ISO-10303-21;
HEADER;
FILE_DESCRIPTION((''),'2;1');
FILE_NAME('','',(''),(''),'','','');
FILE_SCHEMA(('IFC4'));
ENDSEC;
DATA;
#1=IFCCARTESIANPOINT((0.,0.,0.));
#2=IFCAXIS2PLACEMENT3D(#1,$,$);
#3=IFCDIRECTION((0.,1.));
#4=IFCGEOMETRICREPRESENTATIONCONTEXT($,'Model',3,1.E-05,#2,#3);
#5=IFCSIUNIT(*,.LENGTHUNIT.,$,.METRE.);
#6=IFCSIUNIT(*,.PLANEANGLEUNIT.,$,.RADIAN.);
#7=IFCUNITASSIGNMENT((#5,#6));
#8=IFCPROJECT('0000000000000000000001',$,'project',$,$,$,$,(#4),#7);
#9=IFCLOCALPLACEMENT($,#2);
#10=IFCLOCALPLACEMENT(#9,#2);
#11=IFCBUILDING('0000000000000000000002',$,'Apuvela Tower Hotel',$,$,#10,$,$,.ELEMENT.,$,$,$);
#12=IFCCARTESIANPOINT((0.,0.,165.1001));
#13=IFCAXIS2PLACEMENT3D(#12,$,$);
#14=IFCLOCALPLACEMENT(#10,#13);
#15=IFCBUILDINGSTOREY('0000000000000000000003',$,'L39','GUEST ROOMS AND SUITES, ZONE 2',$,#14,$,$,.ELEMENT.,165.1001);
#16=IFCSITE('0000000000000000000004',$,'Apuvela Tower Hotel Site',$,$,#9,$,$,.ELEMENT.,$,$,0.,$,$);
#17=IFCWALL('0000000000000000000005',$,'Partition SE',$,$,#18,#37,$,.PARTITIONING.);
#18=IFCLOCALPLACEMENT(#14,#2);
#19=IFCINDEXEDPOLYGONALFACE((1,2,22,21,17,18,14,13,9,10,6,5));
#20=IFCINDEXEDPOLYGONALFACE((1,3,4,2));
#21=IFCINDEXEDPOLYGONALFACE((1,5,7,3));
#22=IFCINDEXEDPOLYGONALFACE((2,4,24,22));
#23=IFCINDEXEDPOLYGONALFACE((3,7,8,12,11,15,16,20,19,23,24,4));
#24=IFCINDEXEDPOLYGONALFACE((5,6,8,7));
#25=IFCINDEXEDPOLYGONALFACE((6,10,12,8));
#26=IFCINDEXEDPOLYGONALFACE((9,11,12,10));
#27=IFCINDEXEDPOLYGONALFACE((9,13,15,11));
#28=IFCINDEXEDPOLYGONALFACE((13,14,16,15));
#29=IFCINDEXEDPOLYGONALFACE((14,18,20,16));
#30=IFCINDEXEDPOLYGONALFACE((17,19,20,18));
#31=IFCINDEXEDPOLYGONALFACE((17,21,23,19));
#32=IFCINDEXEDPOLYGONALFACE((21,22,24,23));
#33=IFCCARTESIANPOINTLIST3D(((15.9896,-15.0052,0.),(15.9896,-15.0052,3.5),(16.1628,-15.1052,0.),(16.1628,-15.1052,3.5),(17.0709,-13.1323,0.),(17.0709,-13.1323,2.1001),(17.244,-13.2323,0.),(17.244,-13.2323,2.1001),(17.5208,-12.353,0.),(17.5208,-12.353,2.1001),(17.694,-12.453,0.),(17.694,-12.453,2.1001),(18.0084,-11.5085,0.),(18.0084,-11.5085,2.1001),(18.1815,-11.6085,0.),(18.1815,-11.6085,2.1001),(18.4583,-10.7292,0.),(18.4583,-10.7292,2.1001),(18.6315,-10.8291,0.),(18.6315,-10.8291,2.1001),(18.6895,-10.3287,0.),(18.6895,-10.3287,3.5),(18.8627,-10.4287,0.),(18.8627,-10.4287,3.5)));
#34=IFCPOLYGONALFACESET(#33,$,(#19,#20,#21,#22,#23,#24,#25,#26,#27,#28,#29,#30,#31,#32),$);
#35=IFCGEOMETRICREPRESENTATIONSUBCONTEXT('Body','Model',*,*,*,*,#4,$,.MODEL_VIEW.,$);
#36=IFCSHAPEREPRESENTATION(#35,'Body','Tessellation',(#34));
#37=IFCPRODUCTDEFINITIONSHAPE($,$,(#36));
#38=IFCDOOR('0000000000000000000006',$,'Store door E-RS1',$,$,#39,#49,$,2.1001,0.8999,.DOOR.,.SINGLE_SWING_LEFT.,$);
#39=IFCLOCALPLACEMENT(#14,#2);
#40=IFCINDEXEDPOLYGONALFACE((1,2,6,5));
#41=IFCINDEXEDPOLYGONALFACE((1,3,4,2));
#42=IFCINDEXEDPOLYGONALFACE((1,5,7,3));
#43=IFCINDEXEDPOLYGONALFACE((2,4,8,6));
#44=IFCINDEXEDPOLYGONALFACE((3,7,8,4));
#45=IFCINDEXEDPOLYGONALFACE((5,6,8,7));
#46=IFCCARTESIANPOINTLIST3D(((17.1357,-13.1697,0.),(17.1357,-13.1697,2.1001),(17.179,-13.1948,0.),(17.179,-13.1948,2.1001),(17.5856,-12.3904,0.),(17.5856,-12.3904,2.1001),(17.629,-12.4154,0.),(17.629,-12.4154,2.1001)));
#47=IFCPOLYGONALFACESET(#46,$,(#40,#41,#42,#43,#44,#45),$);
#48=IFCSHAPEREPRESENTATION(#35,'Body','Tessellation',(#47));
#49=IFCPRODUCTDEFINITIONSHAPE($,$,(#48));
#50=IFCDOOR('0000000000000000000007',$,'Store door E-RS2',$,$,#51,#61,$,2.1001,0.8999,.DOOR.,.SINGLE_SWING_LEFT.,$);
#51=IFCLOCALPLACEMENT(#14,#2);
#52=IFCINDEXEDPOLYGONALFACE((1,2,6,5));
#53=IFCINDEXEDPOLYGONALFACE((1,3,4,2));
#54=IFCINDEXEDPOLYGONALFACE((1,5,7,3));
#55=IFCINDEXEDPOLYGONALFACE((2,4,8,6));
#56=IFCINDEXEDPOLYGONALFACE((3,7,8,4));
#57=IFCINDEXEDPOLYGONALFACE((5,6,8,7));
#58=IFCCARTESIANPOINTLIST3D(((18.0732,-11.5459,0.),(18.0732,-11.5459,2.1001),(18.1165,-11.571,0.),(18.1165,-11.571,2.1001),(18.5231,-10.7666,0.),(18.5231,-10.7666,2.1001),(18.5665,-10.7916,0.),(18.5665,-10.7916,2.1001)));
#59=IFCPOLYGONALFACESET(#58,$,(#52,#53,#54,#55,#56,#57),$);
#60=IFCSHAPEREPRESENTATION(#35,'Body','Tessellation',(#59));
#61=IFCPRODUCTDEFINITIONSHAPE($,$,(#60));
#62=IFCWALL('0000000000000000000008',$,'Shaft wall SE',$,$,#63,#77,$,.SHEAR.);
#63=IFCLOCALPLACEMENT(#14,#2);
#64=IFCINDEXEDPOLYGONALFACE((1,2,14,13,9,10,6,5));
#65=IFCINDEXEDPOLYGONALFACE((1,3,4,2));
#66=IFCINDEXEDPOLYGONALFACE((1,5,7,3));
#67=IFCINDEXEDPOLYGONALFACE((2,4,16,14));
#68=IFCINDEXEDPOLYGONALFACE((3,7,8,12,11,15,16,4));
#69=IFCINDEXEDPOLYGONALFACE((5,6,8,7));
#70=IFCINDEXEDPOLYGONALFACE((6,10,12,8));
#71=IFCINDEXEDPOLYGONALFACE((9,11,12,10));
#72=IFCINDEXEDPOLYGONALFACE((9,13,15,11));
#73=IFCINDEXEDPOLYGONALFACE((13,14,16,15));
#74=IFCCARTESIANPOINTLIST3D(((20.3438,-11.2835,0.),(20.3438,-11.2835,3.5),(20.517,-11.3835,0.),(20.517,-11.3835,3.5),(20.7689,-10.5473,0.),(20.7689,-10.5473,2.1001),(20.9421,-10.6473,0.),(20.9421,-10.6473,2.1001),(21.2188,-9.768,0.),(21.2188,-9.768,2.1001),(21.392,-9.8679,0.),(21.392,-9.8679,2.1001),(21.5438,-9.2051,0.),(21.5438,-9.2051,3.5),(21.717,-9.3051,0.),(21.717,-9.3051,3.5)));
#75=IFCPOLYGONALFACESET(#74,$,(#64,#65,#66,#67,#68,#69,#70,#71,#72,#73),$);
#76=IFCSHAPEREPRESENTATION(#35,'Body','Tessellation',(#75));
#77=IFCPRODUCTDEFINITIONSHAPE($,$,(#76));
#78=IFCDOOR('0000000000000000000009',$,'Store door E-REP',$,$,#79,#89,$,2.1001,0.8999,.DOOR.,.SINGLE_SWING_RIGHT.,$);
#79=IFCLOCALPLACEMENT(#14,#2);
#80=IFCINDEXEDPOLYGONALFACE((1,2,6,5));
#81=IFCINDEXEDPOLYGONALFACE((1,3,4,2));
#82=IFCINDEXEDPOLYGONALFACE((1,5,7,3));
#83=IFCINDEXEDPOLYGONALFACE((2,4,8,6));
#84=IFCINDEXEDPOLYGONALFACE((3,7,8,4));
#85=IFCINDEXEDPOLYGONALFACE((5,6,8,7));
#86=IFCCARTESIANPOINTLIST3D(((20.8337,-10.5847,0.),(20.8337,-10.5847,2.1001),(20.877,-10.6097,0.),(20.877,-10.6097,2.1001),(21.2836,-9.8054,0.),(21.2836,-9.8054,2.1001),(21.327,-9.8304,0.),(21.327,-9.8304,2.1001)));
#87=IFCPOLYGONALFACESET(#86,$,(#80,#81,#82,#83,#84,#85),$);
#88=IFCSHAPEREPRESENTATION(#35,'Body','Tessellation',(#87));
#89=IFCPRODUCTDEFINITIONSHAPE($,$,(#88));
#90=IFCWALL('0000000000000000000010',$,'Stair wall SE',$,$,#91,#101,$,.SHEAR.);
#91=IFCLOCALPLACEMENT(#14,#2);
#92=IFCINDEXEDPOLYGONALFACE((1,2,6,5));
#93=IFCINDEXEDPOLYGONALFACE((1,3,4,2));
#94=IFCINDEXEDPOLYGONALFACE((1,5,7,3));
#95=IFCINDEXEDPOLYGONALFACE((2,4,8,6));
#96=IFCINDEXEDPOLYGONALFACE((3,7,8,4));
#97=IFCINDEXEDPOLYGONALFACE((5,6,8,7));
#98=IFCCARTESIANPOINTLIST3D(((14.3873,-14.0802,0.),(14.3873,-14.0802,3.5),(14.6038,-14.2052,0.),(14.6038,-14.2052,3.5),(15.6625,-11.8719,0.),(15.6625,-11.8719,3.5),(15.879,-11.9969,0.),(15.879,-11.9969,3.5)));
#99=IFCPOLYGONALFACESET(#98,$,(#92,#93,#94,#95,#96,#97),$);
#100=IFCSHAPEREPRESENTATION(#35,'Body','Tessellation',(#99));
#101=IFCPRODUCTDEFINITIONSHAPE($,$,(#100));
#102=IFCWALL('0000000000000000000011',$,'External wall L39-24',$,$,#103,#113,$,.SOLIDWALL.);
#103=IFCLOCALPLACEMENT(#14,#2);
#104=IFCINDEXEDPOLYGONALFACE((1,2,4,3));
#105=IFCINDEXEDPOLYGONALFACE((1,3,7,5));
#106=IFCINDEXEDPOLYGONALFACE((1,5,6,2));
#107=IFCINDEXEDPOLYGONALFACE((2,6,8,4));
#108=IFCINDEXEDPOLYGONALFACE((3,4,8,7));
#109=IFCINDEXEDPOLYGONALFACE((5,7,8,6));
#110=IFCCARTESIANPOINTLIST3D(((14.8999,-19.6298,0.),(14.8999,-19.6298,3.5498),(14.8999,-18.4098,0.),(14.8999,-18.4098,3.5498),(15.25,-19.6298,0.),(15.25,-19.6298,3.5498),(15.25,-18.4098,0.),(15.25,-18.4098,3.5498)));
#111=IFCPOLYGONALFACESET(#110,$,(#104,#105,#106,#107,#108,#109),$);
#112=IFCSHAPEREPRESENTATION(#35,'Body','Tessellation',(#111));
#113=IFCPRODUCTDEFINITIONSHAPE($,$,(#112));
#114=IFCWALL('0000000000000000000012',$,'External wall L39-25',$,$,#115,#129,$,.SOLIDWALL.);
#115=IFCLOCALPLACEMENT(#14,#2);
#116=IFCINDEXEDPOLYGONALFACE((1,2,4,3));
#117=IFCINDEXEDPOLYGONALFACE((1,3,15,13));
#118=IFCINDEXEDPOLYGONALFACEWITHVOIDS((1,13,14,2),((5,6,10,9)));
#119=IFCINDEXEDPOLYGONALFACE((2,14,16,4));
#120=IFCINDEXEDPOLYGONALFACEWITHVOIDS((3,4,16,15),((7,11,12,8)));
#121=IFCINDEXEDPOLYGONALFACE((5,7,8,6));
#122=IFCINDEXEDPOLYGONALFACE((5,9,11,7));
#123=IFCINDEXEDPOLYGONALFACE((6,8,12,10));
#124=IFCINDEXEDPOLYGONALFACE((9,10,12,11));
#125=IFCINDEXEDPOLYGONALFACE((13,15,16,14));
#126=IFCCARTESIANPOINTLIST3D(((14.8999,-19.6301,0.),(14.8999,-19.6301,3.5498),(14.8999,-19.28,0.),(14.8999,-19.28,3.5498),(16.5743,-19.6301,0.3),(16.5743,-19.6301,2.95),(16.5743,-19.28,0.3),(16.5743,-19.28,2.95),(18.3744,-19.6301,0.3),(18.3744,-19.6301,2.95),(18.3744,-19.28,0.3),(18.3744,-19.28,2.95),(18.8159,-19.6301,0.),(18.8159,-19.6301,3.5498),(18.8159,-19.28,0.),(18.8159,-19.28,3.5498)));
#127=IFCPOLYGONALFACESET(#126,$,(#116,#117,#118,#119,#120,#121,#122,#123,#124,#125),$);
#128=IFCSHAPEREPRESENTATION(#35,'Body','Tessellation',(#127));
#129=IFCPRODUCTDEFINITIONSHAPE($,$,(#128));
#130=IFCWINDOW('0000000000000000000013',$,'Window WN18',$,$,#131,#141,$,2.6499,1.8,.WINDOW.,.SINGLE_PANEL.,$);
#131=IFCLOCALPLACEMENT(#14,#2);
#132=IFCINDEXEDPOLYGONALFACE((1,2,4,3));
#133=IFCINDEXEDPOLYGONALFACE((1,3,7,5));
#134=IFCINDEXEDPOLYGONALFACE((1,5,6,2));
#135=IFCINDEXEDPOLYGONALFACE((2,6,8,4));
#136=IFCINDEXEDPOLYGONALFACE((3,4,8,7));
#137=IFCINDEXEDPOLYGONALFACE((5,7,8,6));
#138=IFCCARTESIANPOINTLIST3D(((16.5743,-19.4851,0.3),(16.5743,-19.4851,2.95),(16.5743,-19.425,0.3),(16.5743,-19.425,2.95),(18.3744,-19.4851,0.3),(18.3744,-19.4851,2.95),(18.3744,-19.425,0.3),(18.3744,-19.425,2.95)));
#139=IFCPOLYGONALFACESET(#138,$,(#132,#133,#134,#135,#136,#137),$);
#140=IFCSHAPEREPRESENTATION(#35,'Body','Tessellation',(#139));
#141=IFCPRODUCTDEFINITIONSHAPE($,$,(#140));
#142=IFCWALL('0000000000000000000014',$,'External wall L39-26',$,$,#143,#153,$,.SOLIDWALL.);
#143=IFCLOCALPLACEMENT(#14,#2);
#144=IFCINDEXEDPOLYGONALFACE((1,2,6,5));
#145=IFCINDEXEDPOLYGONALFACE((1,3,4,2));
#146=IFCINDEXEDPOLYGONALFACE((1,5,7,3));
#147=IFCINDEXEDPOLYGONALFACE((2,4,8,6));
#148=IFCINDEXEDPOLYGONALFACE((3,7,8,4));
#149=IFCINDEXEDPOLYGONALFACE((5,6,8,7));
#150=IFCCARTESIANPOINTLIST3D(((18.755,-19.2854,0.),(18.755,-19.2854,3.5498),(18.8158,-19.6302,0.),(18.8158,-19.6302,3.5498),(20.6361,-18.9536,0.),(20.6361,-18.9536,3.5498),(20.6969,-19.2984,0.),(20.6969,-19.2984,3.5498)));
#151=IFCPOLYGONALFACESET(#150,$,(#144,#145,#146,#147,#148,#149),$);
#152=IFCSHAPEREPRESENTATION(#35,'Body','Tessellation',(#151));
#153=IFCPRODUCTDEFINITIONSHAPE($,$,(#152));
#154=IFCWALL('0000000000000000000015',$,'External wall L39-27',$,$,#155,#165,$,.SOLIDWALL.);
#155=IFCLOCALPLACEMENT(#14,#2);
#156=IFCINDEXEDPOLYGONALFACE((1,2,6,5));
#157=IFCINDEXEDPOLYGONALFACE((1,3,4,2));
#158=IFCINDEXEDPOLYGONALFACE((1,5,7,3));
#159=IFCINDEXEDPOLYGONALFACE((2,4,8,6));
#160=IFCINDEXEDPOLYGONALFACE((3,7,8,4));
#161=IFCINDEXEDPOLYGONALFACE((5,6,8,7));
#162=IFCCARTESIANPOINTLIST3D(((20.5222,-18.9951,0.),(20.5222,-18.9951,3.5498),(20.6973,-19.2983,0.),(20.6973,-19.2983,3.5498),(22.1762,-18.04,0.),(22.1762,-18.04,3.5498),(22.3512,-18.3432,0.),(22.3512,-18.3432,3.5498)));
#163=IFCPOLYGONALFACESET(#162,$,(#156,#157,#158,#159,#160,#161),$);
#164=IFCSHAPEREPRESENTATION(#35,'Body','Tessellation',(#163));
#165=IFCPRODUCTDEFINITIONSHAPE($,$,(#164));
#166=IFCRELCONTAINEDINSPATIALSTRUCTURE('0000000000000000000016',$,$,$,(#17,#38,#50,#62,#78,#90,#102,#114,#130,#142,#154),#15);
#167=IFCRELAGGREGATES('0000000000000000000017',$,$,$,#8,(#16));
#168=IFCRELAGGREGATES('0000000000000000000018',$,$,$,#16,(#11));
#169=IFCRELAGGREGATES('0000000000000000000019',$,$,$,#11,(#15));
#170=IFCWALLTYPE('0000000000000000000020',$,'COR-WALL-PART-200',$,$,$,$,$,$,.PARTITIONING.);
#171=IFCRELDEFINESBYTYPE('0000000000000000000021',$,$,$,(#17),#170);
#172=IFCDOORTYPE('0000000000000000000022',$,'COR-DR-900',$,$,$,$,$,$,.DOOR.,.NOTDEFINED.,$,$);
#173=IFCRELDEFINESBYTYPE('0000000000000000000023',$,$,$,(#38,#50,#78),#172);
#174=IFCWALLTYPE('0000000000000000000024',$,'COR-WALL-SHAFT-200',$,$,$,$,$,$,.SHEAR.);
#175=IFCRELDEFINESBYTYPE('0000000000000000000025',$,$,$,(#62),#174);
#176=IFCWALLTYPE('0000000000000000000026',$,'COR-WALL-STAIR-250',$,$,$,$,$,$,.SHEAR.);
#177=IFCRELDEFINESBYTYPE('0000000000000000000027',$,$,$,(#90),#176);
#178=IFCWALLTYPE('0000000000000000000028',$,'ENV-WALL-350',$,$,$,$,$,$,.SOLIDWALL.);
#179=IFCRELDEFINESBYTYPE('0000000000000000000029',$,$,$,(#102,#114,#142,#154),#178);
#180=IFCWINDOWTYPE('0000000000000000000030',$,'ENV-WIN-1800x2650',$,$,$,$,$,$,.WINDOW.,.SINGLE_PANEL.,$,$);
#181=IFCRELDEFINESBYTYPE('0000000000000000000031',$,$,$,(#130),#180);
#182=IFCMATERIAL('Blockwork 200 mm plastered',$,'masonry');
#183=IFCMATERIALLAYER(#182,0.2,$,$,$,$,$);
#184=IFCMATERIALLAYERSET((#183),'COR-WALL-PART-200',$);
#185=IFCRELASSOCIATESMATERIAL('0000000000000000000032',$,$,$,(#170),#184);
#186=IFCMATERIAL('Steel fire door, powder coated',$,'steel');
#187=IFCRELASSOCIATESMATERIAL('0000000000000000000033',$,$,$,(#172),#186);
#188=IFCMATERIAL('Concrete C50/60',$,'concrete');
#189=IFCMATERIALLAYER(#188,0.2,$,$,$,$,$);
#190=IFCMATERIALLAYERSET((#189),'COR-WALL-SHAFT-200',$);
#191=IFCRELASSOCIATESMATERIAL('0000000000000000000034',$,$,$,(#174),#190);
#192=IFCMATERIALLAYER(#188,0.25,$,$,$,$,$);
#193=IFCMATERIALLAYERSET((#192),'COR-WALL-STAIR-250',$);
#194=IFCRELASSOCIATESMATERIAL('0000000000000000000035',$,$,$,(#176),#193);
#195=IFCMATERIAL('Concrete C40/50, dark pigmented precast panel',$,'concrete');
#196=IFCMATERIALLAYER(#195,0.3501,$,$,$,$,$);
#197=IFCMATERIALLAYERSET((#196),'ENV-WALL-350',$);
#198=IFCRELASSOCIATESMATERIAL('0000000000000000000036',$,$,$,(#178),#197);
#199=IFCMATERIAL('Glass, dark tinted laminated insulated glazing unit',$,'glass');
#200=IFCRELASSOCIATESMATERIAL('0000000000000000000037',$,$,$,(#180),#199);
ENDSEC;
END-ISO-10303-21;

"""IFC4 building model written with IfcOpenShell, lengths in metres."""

from ifc_helpers import new_model, si_unit, direction, frame, frame_2d, origin, place, context, subcontext, project, spatial, rectangle, extrude, material, layer, layer_set, type_object, element, fill, save


model = new_model("IFC4")

# Units and contexts
model_context = context("Model", 3, precision=1e-05, world=origin(), true_north=direction((0.0, 1.0)))
body_context = subcontext(model_context, "Body", "Model", "MODEL_VIEW")
ifc_project = project(units=[si_unit("LENGTHUNIT", "METRE"), si_unit("PLANEANGLEUNIT", "RADIAN")], contexts=[model_context])

# Site, building, storey
site_placement = place(None, origin())
site = spatial("IfcSite", under=ifc_project, at=site_placement, Name="Apuvela Tower Hotel Site", CompositionType="ELEMENT", RefElevation=0.0)
building_placement = place(site_placement, origin())
building = spatial("IfcBuilding", under=site, at=building_placement, Name="Apuvela Tower Hotel", CompositionType="ELEMENT")
storey_placement = place(building_placement, frame((0.0, 0.0, 165.1001)))
storey = spatial("IfcBuildingStorey", under=building, at=storey_placement, Name="L39", Description="GUEST ROOMS AND SUITES, ZONE 2", CompositionType="ELEMENT", Elevation=165.1001)

# Wall, openings, doors
ifc_material_1 = material(Name="Blockwork 200 mm plastered", Category="masonry")
ifc_layer_1 = layer(ifc_material_1, 0.2)
ifc_layer_set_1 = layer_set([ifc_layer_1], Name="COR-WALL-PART-200")
wall_type_1 = type_object("IfcWallType", Name="COR-WALL-PART-200", PredefinedType="PARTITIONING", material=ifc_layer_set_1)
wall_1_placement = place(storey_placement, frame((16.0762, -15.0552, 0.0), z_axis=(0.0, 0.0, 1.0), x_axis=(0.499995, 0.866028, 0.0)))
wall_1 = element("IfcWall", 1, at=wall_1_placement, inside=storey, type_object=wall_type_1, Name="Partition SE", PredefinedType="PARTITIONING", context=body_context, shape_type="SweptSolid", body=[
    extrude(rectangle(XDim=5.3999, YDim=0.2, at=frame_2d((2.7, 0.0))), origin(), (0.0, 0.0, 1.0), 3.5),
])
opening_1_placement = place(wall_1_placement, frame((2.1626, 0.0, 0.0)))
opening_1 = element("IfcOpeningElement", 2, at=opening_1_placement, cuts=wall_1, PredefinedType="OPENING", context=body_context, shape_type="SweptSolid", body=[
    extrude(rectangle(XDim=0.8999, YDim=2.1001, at=frame_2d((0.45, 1.05))), frame((0.0, 0.1099, 0.0), z_axis=(0.0, -1.0, 0.0), x_axis=(1.0, 0.0, 0.0)), (0.0, 0.0, 1.0), 0.22),
])
opening_2_placement = place(wall_1_placement, frame((4.0376, 0.0, 0.0)))
opening_2 = element("IfcOpeningElement", 3, at=opening_2_placement, cuts=wall_1, PredefinedType="OPENING", context=body_context, shape_type="SweptSolid", body=[
    extrude(rectangle(XDim=0.8999, YDim=2.1001, at=frame_2d((0.45, 1.05))), frame((0.0, 0.1099, 0.0), z_axis=(0.0, -1.0, 0.0), x_axis=(1.0, 0.0, 0.0)), (0.0, 0.0, 1.0), 0.22),
])
ifc_material_2 = material(Name="Steel fire door, powder coated", Category="steel")
door_type_1 = type_object("IfcDoorType", Name="COR-DR-900", OperationType="NOTDEFINED", PredefinedType="DOOR", material=ifc_material_2)
door_1_placement = place(opening_1_placement, frame((0.8999, 0.0, 0.0), z_axis=(0.0, 0.0, 1.0), x_axis=(-1.0, 0.0, 0.0)))
door_1 = element("IfcDoor", 4, at=door_1_placement, inside=storey, type_object=door_type_1, Name="Store door E-RS1", OperationType="SINGLE_SWING_LEFT", OverallHeight=2.1001, OverallWidth=0.8999, PredefinedType="DOOR", context=body_context, shape_type="SweptSolid", body=[
    extrude(rectangle(XDim=0.8999, YDim=2.1001, at=frame_2d((0.45, 1.05))), frame((0.0, 0.0249, 0.0), z_axis=(0.0, -1.0, 0.0), x_axis=(1.0, 0.0, 0.0)), (0.0, 0.0, 1.0), 0.05),
])
fill(opening_1, door_1)
door_2_placement = place(opening_2_placement, frame((0.8999, 0.0, 0.0), z_axis=(0.0, 0.0, 1.0), x_axis=(-1.0, 0.0, 0.0)))
door_2 = element("IfcDoor", 5, at=door_2_placement, inside=storey, type_object=door_type_1, Name="Store door E-RS2", OperationType="SINGLE_SWING_LEFT", OverallHeight=2.1001, OverallWidth=0.8999, PredefinedType="DOOR", context=body_context, shape_type="SweptSolid", body=[
    extrude(rectangle(XDim=0.8999, YDim=2.1001, at=frame_2d((0.45, 1.05))), frame((0.0, 0.0249, 0.0), z_axis=(0.0, -1.0, 0.0), x_axis=(1.0, 0.0, 0.0)), (0.0, 0.0, 1.0), 0.05),
])
fill(opening_2, door_2)

# Wall, opening, door
ifc_material_3 = material(Name="Concrete C50/60", Category="concrete")
ifc_layer_2 = layer(ifc_material_3, 0.2)
ifc_layer_set_2 = layer_set([ifc_layer_2], Name="COR-WALL-SHAFT-200")
wall_type_2 = type_object("IfcWallType", Name="COR-WALL-SHAFT-200", PredefinedType="SHEAR", material=ifc_layer_set_2)
wall_2_placement = place(storey_placement, frame((20.4304, -11.3335, 0.0), z_axis=(0.0, 0.0, 1.0), x_axis=(0.500001, 0.866025, 0.0)))
wall_2 = element("IfcWall", 6, at=wall_2_placement, inside=storey, type_object=wall_type_2, Name="Shaft wall SE", PredefinedType="SHEAR", context=body_context, shape_type="SweptSolid", body=[
    extrude(rectangle(XDim=2.3999, YDim=0.2, at=frame_2d((1.2, 0.0))), origin(), (0.0, 0.0, 1.0), 3.5),
])
opening_3_placement = place(wall_2_placement, frame((0.8501, 0.0, 0.0)))
opening_3 = element("IfcOpeningElement", 7, at=opening_3_placement, cuts=wall_2, PredefinedType="OPENING", context=body_context, shape_type="SweptSolid", body=[
    extrude(rectangle(XDim=0.8999, YDim=2.1001, at=frame_2d((0.45, 1.05))), frame((0.0, 0.1099, 0.0), z_axis=(0.0, -1.0, 0.0), x_axis=(1.0, 0.0, 0.0)), (0.0, 0.0, 1.0), 0.22),
])
door_3_placement = place(opening_3_placement, frame((0.8999, 0.0, 0.0), z_axis=(0.0, 0.0, 1.0), x_axis=(-1.0, 0.0, 0.0)))
door_3 = element("IfcDoor", 8, at=door_3_placement, inside=storey, type_object=door_type_1, Name="Store door E-REP", OperationType="SINGLE_SWING_RIGHT", OverallHeight=2.1001, OverallWidth=0.8999, PredefinedType="DOOR", context=body_context, shape_type="SweptSolid", body=[
    extrude(rectangle(XDim=0.8999, YDim=2.1001, at=frame_2d((0.45, 1.05))), frame((0.0, 0.0249, 0.0), z_axis=(0.0, -1.0, 0.0), x_axis=(1.0, 0.0, 0.0)), (0.0, 0.0, 1.0), 0.05),
])
fill(opening_3, door_3)

# Walls
ifc_layer_3 = layer(ifc_material_3, 0.25)
ifc_layer_set_3 = layer_set([ifc_layer_3], Name="COR-WALL-STAIR-250")
wall_type_3 = type_object("IfcWallType", Name="COR-WALL-STAIR-250", PredefinedType="SHEAR", material=ifc_layer_set_3)
wall_3_placement = place(storey_placement, frame((14.4956, -14.1426, 0.0), z_axis=(0.0, 0.0, 1.0), x_axis=(0.500062, 0.865989, 0.0)))
element("IfcWall", 9, at=wall_3_placement, inside=storey, type_object=wall_type_3, Name="Stair wall SE", PredefinedType="SHEAR", context=body_context, shape_type="SweptSolid", body=[
    extrude(rectangle(XDim=2.55, YDim=0.25, at=frame_2d((1.2749, 0.0))), origin(), (0.0, 0.0, 1.0), 3.5),
])
ifc_material_4 = material(Name="Concrete C40/50, dark pigmented precast panel", Category="concrete")
ifc_layer_4 = layer(ifc_material_4, 0.3501)
ifc_layer_set_4 = layer_set([ifc_layer_4], Name="ENV-WALL-350")
wall_type_4 = type_object("IfcWallType", Name="ENV-WALL-350", PredefinedType="SOLIDWALL", material=ifc_layer_set_4)
wall_4_placement = place(storey_placement, frame((15.075, -18.4099, 0.0), z_axis=(0.0, 0.0, 1.0), x_axis=(0.0, -1.0, 0.0)))
element("IfcWall", 10, at=wall_4_placement, inside=storey, type_object=wall_type_4, Name="External wall L39-24", PredefinedType="SOLIDWALL", context=body_context, shape_type="SweptSolid", body=[
    extrude(rectangle(XDim=1.22, YDim=0.3501, at=frame_2d((0.6099, 0.0))), origin(), (0.0, 0.0, 1.0), 3.5498),
])

# Wall, opening, window
wall_5_placement = place(storey_placement, frame((14.8999, -19.4551, 0.0), z_axis=(0.0, 0.0, 1.0), x_axis=(1.0, 0.0, 0.0)))
wall_5 = element("IfcWall", 11, at=wall_5_placement, inside=storey, type_object=wall_type_4, Name="External wall L39-25", PredefinedType="SOLIDWALL", context=body_context, shape_type="SweptSolid", body=[
    extrude(rectangle(XDim=3.916, YDim=0.3501, at=frame_2d((1.958, 0.0))), origin(), (0.0, 0.0, 1.0), 3.5498),
])
opening_4_placement = place(wall_5_placement, frame((1.6746, 0.0, 0.3)))
opening_4 = element("IfcOpeningElement", 12, at=opening_4_placement, cuts=wall_5, PredefinedType="OPENING", context=body_context, shape_type="SweptSolid", body=[
    extrude(rectangle(XDim=1.8, YDim=2.6499, at=frame_2d((0.8999, 1.325))), frame((0.0, 0.1851, 0.0), z_axis=(0.0, -1.0, 0.0), x_axis=(1.0, 0.0, 0.0)), (0.0, 0.0, 1.0), 0.3701),
])
ifc_material_5 = material(Name="Glass, dark tinted laminated insulated glazing unit", Category="glass")
window_type = type_object("IfcWindowType", Name="ENV-WIN-1800x2650", PartitioningType="SINGLE_PANEL", PredefinedType="WINDOW", material=ifc_material_5)
window_placement = place(opening_4_placement, origin())
window = element("IfcWindow", 13, at=window_placement, inside=storey, type_object=window_type, Name="Window WN18", OverallHeight=2.6499, OverallWidth=1.8, PartitioningType="SINGLE_PANEL", PredefinedType="WINDOW", context=body_context, shape_type="SweptSolid", body=[
    extrude(rectangle(XDim=1.8, YDim=2.6499, at=frame_2d((0.8999, 1.325))), frame((0.0, 0.03, 0.0), z_axis=(0.0, -1.0, 0.0), x_axis=(1.0, 0.0, 0.0)), (0.0, 0.0, 1.0), 0.0601),
])
fill(opening_4, window)

# Walls
wall_6_placement = place(storey_placement, frame((18.7854, -19.4578, 0.0), z_axis=(0.0, 0.0, 1.0), x_axis=(0.984799, 0.173698, 0.0)))
element("IfcWall", 14, at=wall_6_placement, inside=storey, type_object=wall_type_4, Name="External wall L39-26", PredefinedType="SOLIDWALL", context=body_context, shape_type="SweptSolid", body=[
    extrude(rectangle(XDim=1.9102, YDim=0.3501, at=frame_2d((0.9551, 0.0))), origin(), (0.0, 0.0, 1.0), 3.5498),
])
for number, where, z_axis, x_axis, name in (
    (15, (20.6096, -19.1467, 0.0), (0.0, 0.0, 1.0), (0.866, 0.500043, 0.0), "External wall L39-27"),
):
    element("IfcWall", number, at=place(storey_placement, frame(where, z_axis=z_axis, x_axis=x_axis)), inside=storey, type_object=wall_type_4, Name=name, PredefinedType="SOLIDWALL", context=body_context, shape_type="SweptSolid", body=[
        extrude(rectangle(XDim=1.9099, YDim=0.3501, at=frame_2d((0.9551, 0.0))), origin(), (0.0, 0.0, 1.0), 3.5498),
    ])

save(model, "model.ifc")
